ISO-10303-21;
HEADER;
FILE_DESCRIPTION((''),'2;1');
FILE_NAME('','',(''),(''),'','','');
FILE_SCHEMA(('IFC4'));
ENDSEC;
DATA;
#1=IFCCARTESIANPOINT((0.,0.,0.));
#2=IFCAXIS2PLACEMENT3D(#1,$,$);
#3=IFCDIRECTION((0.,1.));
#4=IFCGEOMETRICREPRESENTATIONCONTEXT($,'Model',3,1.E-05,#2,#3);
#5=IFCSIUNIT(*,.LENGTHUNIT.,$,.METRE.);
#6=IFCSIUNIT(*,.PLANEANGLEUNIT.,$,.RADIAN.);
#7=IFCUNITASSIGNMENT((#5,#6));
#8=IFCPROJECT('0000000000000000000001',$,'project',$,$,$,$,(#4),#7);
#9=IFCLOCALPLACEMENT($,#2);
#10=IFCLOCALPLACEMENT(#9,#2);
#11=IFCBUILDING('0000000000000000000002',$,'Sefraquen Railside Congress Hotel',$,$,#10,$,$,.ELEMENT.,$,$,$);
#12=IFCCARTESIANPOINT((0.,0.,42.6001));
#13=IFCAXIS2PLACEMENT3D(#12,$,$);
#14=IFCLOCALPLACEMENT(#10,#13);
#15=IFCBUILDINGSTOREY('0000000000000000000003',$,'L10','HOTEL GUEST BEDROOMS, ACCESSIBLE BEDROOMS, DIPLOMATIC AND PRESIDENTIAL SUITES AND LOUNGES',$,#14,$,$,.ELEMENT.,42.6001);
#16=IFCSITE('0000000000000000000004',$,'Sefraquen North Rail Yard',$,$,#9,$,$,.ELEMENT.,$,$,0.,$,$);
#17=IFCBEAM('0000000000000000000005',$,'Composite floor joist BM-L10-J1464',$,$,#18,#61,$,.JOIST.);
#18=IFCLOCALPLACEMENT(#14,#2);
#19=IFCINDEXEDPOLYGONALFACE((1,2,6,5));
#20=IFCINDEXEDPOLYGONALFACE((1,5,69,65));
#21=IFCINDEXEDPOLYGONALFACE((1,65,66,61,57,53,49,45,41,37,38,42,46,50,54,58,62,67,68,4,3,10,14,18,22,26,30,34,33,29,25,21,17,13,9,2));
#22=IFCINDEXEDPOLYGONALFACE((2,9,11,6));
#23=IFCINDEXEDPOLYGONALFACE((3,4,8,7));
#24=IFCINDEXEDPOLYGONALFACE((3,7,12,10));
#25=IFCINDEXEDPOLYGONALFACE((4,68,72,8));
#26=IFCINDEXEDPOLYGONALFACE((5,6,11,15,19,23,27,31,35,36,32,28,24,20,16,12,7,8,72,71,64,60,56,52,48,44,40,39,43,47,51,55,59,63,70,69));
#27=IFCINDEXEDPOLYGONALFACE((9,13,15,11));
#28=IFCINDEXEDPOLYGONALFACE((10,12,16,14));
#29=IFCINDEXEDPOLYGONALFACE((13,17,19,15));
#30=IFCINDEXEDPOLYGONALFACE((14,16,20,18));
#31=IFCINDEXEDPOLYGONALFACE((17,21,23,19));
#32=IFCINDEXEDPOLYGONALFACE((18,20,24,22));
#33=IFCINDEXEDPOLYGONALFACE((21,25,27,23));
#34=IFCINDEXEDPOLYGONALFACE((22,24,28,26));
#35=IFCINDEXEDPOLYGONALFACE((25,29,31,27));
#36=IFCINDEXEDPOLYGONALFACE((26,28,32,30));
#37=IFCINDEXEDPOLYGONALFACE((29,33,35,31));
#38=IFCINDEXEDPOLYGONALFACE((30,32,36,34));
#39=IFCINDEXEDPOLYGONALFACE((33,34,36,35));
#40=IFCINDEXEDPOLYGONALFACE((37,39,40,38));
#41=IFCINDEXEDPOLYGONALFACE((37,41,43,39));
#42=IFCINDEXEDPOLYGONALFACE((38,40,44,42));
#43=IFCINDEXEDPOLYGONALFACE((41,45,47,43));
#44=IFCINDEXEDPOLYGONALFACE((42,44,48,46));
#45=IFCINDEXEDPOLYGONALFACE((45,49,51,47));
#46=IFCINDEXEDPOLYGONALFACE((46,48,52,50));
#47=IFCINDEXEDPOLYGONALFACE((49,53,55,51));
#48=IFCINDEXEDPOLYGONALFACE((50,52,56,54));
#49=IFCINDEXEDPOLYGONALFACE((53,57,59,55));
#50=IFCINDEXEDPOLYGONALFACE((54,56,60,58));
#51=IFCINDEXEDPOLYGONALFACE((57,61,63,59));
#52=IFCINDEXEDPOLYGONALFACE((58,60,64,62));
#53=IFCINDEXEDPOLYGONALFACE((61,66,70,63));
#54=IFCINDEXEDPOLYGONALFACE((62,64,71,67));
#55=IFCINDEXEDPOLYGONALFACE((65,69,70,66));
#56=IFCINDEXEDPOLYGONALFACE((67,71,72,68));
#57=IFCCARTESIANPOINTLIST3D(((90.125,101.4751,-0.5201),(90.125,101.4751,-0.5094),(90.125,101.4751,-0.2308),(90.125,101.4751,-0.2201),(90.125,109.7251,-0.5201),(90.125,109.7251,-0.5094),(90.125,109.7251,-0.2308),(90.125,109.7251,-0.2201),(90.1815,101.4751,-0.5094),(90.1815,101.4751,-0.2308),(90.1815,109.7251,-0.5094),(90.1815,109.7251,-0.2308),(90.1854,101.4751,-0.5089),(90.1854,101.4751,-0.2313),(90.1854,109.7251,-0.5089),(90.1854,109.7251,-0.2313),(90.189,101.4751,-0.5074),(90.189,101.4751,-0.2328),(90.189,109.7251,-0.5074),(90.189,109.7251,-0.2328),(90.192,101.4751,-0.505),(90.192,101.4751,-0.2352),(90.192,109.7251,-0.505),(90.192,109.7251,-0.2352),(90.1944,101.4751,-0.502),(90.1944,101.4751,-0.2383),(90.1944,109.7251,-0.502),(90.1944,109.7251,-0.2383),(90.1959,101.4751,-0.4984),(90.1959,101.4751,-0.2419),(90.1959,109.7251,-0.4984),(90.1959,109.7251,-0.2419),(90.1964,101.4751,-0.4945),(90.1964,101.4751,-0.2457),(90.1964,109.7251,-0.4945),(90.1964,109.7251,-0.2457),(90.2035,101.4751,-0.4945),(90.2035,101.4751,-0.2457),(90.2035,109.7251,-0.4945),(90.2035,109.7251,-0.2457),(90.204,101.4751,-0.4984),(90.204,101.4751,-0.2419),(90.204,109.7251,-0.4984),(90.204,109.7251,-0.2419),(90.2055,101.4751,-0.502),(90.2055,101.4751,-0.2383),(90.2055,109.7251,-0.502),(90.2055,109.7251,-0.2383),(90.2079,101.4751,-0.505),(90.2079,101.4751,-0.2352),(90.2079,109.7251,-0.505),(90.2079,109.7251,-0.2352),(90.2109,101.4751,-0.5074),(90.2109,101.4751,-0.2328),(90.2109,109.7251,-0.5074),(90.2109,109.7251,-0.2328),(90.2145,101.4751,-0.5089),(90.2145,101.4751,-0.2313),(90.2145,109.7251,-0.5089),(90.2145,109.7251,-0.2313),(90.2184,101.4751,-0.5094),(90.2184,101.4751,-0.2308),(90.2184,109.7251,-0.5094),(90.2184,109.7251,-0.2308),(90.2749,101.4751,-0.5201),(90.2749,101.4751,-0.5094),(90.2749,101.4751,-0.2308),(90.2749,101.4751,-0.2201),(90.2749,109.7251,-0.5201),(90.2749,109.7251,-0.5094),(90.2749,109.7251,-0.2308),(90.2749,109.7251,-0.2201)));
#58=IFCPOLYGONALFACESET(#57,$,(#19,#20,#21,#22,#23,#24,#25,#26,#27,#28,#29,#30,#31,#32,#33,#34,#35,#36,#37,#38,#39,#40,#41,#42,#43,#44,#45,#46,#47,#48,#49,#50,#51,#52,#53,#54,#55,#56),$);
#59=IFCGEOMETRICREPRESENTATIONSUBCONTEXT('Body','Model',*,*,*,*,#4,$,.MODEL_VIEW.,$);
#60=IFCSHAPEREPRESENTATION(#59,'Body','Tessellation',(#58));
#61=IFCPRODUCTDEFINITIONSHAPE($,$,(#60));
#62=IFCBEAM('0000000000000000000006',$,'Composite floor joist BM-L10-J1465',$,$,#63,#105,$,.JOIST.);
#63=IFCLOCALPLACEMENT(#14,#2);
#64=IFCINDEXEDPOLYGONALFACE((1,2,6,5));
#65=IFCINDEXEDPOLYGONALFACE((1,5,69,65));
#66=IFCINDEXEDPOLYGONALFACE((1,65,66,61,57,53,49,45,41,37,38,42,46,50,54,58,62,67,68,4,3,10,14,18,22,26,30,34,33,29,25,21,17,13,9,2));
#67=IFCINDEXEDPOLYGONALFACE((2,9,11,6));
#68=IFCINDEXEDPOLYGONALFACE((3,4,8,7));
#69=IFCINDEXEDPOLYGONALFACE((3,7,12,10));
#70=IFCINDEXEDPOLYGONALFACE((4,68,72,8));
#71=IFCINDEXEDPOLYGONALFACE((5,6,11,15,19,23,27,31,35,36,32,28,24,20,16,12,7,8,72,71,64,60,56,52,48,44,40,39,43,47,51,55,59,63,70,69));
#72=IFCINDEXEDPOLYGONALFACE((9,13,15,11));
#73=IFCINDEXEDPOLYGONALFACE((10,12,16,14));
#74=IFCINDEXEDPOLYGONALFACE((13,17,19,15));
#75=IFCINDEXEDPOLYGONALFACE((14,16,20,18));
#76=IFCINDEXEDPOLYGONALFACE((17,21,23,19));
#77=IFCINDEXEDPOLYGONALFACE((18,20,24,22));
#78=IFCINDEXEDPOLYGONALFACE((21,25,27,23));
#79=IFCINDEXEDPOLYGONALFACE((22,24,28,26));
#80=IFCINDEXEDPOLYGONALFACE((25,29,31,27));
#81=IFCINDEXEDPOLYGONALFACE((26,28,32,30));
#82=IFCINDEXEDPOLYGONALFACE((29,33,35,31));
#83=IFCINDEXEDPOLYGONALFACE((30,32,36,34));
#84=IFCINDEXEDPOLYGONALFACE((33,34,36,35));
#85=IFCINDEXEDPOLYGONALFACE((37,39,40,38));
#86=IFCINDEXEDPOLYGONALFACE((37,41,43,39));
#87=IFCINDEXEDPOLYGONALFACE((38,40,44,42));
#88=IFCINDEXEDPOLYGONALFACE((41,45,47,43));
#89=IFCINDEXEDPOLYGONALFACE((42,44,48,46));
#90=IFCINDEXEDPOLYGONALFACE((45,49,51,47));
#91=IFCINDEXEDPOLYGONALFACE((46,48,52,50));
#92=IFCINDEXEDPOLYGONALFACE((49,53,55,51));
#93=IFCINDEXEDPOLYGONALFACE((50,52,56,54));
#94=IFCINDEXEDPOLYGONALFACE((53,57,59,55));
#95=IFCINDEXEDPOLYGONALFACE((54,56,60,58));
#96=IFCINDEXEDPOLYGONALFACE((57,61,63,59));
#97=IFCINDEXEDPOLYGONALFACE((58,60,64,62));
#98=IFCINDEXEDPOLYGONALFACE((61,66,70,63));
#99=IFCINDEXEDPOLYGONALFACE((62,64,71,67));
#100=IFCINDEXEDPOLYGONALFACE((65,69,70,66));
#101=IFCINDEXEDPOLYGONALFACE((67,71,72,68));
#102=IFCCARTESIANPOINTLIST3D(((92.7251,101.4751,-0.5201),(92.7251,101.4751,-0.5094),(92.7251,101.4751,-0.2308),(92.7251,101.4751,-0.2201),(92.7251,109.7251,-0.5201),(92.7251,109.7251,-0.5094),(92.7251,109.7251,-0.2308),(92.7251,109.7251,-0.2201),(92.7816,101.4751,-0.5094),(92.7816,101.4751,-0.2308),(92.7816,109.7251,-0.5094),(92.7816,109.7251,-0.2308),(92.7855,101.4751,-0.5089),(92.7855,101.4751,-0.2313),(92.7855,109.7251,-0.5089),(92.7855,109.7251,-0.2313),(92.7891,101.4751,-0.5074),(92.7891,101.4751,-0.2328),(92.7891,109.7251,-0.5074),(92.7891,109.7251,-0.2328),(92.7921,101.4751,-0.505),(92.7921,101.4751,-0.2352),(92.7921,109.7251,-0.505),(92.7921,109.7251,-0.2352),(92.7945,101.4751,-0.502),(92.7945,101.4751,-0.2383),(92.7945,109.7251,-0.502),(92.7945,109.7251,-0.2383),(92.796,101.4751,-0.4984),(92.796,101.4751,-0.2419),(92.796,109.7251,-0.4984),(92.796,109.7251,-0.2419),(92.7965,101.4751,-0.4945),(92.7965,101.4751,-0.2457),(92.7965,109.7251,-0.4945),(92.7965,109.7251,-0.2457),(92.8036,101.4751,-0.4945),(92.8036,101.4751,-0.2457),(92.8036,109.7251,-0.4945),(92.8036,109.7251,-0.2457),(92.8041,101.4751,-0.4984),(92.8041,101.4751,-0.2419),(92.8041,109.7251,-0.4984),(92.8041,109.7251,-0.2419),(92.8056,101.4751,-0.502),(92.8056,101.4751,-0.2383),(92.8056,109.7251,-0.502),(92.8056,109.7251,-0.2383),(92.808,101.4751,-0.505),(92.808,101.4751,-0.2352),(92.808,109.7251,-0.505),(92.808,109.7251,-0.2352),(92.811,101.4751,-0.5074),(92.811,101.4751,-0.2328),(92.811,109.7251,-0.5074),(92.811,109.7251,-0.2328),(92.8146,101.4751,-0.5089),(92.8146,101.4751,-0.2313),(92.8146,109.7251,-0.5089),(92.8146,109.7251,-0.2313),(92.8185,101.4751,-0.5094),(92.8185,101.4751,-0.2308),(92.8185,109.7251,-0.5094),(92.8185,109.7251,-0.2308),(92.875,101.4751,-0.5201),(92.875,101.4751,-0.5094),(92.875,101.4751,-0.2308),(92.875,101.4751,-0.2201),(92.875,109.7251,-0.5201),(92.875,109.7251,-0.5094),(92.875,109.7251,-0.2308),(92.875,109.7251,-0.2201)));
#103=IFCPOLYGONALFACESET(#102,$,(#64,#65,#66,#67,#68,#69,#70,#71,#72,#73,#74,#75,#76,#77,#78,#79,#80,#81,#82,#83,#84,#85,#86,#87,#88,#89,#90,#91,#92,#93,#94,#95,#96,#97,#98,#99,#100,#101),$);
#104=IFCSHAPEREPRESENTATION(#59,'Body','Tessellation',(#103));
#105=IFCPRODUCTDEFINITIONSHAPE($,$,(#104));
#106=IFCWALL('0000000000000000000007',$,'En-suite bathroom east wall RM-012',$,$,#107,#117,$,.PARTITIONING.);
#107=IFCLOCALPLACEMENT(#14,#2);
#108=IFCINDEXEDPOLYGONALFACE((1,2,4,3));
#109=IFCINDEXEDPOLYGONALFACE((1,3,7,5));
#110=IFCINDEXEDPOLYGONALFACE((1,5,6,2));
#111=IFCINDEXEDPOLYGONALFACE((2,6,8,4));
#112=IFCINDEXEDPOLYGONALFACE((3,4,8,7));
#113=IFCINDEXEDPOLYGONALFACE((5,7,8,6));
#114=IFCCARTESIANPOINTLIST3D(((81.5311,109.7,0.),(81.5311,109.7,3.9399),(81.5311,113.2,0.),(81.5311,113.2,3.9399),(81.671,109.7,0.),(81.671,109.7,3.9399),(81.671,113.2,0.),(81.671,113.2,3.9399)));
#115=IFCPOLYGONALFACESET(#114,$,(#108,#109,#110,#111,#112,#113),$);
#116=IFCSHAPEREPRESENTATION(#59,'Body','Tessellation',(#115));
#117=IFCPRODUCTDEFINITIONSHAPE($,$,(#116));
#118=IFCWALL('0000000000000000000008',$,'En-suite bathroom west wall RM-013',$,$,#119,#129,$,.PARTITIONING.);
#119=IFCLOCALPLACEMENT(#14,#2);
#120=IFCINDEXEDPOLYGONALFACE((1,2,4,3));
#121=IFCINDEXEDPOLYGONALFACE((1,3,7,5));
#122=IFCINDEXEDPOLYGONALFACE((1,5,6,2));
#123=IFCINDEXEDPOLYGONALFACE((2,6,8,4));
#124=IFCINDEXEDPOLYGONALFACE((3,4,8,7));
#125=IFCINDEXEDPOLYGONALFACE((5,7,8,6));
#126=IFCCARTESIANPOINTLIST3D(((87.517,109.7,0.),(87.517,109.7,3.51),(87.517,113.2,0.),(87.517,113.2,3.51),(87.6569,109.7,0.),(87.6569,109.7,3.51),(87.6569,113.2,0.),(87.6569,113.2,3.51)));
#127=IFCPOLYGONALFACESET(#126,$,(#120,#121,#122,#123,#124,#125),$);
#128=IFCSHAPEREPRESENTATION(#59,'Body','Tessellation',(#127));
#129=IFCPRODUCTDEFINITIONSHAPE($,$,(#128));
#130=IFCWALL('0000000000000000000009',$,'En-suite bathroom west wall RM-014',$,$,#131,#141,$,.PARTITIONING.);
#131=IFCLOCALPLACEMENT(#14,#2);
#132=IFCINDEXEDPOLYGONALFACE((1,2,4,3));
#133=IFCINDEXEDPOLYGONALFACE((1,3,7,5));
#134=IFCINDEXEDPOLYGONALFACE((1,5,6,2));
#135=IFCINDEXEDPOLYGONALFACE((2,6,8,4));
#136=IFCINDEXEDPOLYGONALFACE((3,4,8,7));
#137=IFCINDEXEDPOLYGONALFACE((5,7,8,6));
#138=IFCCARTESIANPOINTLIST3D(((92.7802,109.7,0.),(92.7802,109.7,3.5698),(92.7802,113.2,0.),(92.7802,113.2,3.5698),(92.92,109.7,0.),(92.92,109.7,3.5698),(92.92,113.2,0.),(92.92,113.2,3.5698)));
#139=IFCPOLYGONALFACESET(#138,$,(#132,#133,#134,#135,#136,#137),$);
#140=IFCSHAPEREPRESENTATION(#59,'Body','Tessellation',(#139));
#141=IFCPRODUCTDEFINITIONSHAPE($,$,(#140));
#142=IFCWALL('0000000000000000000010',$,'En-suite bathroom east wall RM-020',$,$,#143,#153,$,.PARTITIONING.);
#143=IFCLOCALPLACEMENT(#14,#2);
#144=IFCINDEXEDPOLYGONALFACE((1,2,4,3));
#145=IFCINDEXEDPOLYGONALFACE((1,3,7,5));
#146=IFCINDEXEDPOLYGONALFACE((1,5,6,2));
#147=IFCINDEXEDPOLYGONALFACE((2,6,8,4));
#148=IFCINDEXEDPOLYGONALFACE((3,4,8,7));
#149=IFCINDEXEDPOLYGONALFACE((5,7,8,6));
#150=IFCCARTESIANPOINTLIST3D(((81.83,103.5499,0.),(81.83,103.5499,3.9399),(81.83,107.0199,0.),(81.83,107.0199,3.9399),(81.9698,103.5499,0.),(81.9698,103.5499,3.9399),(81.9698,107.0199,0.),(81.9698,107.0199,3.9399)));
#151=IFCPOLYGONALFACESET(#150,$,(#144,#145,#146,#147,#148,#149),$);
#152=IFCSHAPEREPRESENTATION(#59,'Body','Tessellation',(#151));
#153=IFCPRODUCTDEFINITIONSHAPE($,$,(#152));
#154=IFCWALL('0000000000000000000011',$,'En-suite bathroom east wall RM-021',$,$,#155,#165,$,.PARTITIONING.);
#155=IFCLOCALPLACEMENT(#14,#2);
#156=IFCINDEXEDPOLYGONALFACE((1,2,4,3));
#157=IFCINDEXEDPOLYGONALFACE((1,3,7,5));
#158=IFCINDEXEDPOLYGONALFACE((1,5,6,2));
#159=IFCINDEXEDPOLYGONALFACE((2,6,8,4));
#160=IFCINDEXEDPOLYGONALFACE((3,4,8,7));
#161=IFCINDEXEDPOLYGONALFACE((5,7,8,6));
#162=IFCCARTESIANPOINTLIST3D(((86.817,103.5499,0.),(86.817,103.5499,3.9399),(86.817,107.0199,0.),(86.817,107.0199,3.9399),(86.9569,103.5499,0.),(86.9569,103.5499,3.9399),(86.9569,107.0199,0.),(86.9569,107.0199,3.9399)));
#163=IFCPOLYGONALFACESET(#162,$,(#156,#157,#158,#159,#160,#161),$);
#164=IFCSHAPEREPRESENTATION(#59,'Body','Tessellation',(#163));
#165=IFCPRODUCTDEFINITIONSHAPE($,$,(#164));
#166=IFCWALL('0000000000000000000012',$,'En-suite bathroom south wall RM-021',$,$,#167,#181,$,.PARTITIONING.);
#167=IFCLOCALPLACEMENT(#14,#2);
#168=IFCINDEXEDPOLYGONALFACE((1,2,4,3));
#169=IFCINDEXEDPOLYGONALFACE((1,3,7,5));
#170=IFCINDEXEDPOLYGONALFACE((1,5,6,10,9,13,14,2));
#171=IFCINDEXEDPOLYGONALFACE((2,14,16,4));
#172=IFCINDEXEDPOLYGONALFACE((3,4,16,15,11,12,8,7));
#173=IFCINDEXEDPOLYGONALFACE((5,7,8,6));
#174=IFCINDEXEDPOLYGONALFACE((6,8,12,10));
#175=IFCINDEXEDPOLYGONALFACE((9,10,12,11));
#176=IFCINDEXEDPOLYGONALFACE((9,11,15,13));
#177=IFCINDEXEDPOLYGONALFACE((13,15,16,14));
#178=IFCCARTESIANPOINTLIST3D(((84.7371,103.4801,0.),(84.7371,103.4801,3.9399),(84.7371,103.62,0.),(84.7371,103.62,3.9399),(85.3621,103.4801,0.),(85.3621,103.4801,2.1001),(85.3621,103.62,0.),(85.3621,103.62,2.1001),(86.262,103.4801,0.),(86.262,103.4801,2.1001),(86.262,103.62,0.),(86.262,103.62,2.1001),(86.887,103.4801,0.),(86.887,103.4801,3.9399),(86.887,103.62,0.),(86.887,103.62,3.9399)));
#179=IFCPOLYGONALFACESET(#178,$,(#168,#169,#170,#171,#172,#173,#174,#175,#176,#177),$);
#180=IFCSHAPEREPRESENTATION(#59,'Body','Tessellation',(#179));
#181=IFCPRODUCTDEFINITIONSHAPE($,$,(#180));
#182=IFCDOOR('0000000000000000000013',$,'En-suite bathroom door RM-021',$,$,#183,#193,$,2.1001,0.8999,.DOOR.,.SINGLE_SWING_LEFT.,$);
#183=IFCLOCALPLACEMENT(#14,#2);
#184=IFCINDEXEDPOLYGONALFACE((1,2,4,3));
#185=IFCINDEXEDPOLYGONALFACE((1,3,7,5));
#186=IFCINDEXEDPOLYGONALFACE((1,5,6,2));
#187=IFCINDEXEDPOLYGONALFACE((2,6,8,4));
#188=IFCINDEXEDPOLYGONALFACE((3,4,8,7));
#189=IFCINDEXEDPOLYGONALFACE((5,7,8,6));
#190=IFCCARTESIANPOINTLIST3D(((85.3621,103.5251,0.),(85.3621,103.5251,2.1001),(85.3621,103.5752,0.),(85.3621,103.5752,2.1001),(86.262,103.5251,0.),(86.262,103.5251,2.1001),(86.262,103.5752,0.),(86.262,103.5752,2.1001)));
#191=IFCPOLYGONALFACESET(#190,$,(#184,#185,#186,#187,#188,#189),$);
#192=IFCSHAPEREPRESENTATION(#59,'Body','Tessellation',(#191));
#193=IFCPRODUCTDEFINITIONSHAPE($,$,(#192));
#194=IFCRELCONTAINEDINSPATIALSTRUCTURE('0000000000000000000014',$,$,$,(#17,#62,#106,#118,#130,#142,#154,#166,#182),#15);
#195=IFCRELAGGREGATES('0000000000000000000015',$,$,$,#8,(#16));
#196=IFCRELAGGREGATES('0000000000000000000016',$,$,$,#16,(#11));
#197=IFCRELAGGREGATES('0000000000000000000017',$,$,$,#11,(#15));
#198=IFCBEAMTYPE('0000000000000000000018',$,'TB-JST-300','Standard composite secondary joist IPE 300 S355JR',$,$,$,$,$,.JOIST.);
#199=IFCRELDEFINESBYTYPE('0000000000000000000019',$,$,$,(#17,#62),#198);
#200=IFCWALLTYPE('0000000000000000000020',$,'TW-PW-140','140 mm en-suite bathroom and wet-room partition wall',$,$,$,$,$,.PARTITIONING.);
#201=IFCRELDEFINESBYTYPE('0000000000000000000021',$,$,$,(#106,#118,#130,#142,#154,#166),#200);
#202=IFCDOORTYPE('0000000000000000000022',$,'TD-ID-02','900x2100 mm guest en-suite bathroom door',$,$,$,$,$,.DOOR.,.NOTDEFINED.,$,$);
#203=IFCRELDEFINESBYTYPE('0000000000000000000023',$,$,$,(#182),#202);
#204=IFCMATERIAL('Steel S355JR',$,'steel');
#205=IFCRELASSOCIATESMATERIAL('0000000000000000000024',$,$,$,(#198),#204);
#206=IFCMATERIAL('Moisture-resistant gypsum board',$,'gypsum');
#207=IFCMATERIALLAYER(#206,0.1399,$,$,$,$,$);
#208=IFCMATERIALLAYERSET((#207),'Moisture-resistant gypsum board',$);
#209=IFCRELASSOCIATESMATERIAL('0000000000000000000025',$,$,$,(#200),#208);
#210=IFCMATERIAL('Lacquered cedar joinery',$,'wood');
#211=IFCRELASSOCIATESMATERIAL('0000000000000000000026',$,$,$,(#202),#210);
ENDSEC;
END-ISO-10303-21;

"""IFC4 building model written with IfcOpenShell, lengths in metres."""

from ifc_helpers import new_model, si_unit, direction, frame, frame_2d, origin, origin_2d, place, context, subcontext, project, spatial, rectangle, i_section, extrude, material, layer, layer_set, material_profile, profile_set, type_object, element, fill, save


model = new_model("IFC4")

# Units and contexts
model_context = context("Model", 3, precision=1e-05, world=origin(), true_north=direction((0.0, 1.0)))
body_context = subcontext(model_context, "Body", "Model", "MODEL_VIEW")
ifc_project = project(units=[si_unit("LENGTHUNIT", "METRE"), si_unit("PLANEANGLEUNIT", "RADIAN")], contexts=[model_context])

# Site, building, storey
site_placement = place(None, origin())
site = spatial("IfcSite", under=ifc_project, at=site_placement, Name="Sefraquen North Rail Yard", CompositionType="ELEMENT", RefElevation=0.0)
building_placement = place(site_placement, origin())
building = spatial("IfcBuilding", under=site, at=building_placement, Name="Sefraquen Railside Congress Hotel", CompositionType="ELEMENT")
storey_placement = place(building_placement, frame((0.0, 0.0, 42.6001)))
storey = spatial("IfcBuildingStorey", under=building, at=storey_placement, Name="L10", Description="HOTEL GUEST BEDROOMS, ACCESSIBLE BEDROOMS, DIPLOMATIC AND PRESIDENTIAL SUITES AND LOUNGES", CompositionType="ELEMENT", Elevation=42.6001)

# Shared definitions
ifc_material_1 = material(Name="Steel S355JR", Category="steel")

# Beams
ifc_material_profile_1 = material_profile(ifc_material_1, i_section(OverallWidth=0.1499, OverallDepth=0.3, WebThickness=0.0071, FlangeThickness=0.0107, FilletRadius=0.0149, at=origin_2d()), Name="IPE 300")
ifc_profile_set_1 = profile_set([ifc_material_profile_1], Name="Steel S355JR")
beam_type_1 = type_object("IfcBeamType", Name="TB-JST-300", Description="Standard composite secondary joist IPE 300 S355JR", PredefinedType="JOIST", material=ifc_profile_set_1)
for number, where, z_axis, x_axis, name in (
    (1, (90.2, 101.4751, -0.3701), (0.0, 1.0, 0.0), (-1.0, 0.0, 0.0), "Composite floor joist BM-L10-J1464"),
    (2, (92.8, 101.4751, -0.3701), (0.0, 1.0, 0.0), (-1.0, 0.0, 0.0), "Composite floor joist BM-L10-J1465"),
):
    element("IfcBeam", number, at=place(storey_placement, frame(where, z_axis=z_axis, x_axis=x_axis)), inside=storey, type_object=beam_type_1, Name=name, PredefinedType="JOIST", context=body_context, shape_type="SweptSolid", body=[
        extrude(i_section(OverallWidth=0.1499, OverallDepth=0.3, WebThickness=0.0071, FlangeThickness=0.0107, FilletRadius=0.0149, at=origin_2d()), origin(), (0.0, 0.0, 1.0), 8.25),
    ])

# Walls
ifc_material_2 = material(Name="Moisture-resistant gypsum board", Category="gypsum")
ifc_layer_1 = layer(ifc_material_2, 0.1399)
ifc_layer_set_1 = layer_set([ifc_layer_1], Name="Moisture-resistant gypsum board")
wall_type_1 = type_object("IfcWallType", Name="TW-PW-140", Description="140 mm en-suite bathroom and wet-room partition wall", PredefinedType="PARTITIONING", material=ifc_layer_set_1)
wall_1_placement = place(storey_placement, frame((81.6011, 109.7, 0.0), z_axis=(0.0, 0.0, 1.0), x_axis=(0.0, 1.0, 0.0)))
element("IfcWall", 3, at=wall_1_placement, inside=storey, type_object=wall_type_1, Name="En-suite bathroom east wall RM-012", PredefinedType="PARTITIONING", context=body_context, shape_type="SweptSolid", body=[
    extrude(rectangle(XDim=3.5, YDim=0.1399, at=frame_2d((1.75, 0.0))), origin(), (0.0, 0.0, 1.0), 3.9399),
])
wall_2_placement = place(storey_placement, frame((87.5869, 109.7, 0.0), z_axis=(0.0, 0.0, 1.0), x_axis=(0.0, 1.0, 0.0)))
element("IfcWall", 4, at=wall_2_placement, inside=storey, type_object=wall_type_1, Name="En-suite bathroom west wall RM-013", PredefinedType="PARTITIONING", context=body_context, shape_type="SweptSolid", body=[
    extrude(rectangle(XDim=3.5, YDim=0.1399, at=frame_2d((1.75, 0.0))), origin(), (0.0, 0.0, 1.0), 3.51),
])
wall_3_placement = place(storey_placement, frame((92.8501, 109.7, 0.0), z_axis=(0.0, 0.0, 1.0), x_axis=(0.0, 1.0, 0.0)))
element("IfcWall", 5, at=wall_3_placement, inside=storey, type_object=wall_type_1, Name="En-suite bathroom west wall RM-014", PredefinedType="PARTITIONING", context=body_context, shape_type="SweptSolid", body=[
    extrude(rectangle(XDim=3.5, YDim=0.1399, at=frame_2d((1.75, 0.0))), origin(), (0.0, 0.0, 1.0), 3.5698),
])
for number, where, z_axis, x_axis, name in (
    (6, (81.8999, 103.55, 0.0), (0.0, 0.0, 1.0), (0.0, 1.0, 0.0), "En-suite bathroom east wall RM-020"),
    (7, (86.887, 103.55, 0.0), (0.0, 0.0, 1.0), (0.0, 1.0, 0.0), "En-suite bathroom east wall RM-021"),
):
    element("IfcWall", number, at=place(storey_placement, frame(where, z_axis=z_axis, x_axis=x_axis)), inside=storey, type_object=wall_type_1, Name=name, PredefinedType="PARTITIONING", context=body_context, shape_type="SweptSolid", body=[
        extrude(rectangle(XDim=3.47, YDim=0.1399, at=frame_2d((1.7349, 0.0))), origin(), (0.0, 0.0, 1.0), 3.9399),
    ])

# Wall, opening, door
wall_4_placement = place(storey_placement, frame((84.7371, 103.55, 0.0), z_axis=(0.0, 0.0, 1.0), x_axis=(1.0, 0.0, 0.0)))
wall_4 = element("IfcWall", 8, at=wall_4_placement, inside=storey, type_object=wall_type_1, Name="En-suite bathroom south wall RM-021", PredefinedType="PARTITIONING", context=body_context, shape_type="SweptSolid", body=[
    extrude(rectangle(XDim=2.1499, YDim=0.1399, at=frame_2d((1.075, 0.0))), origin(), (0.0, 0.0, 1.0), 3.9399),
])
opening_1_placement = place(wall_4_placement, frame((0.625, 0.0, 0.0)))
opening_1 = element("IfcOpeningElement", 9, at=opening_1_placement, cuts=wall_4, PredefinedType="OPENING", context=body_context, shape_type="SweptSolid", body=[
    extrude(rectangle(XDim=0.8999, YDim=2.1001, at=frame_2d((0.45, 1.05))), frame((0.0, 0.0798, 0.0), z_axis=(0.0, -1.0, 0.0), x_axis=(1.0, 0.0, 0.0)), (0.0, 0.0, 1.0), 0.1599),
])
ifc_material_3 = material(Name="Lacquered cedar joinery", Category="wood")
door_type = type_object("IfcDoorType", Name="TD-ID-02", Description="900x2100 mm guest en-suite bathroom door", OperationType="NOTDEFINED", PredefinedType="DOOR", material=ifc_material_3)
door_1_placement = place(opening_1_placement, frame((0.8999, 0.0, 0.0), z_axis=(0.0, 0.0, 1.0), x_axis=(-1.0, 0.0, 0.0)))
door_1 = element("IfcDoor", 10, at=door_1_placement, inside=storey, type_object=door_type, Name="En-suite bathroom door RM-021", OperationType="SINGLE_SWING_LEFT", OverallHeight=2.1001, OverallWidth=0.8999, PredefinedType="DOOR", context=body_context, shape_type="SweptSolid", body=[
    extrude(rectangle(XDim=0.8999, YDim=2.1001, at=frame_2d((0.45, 1.05))), frame((0.0, 0.0249, 0.0), z_axis=(0.0, -1.0, 0.0), x_axis=(1.0, 0.0, 0.0)), (0.0, 0.0, 1.0), 0.05),
])
fill(opening_1, door_1)

save(model, "model.ifc")
